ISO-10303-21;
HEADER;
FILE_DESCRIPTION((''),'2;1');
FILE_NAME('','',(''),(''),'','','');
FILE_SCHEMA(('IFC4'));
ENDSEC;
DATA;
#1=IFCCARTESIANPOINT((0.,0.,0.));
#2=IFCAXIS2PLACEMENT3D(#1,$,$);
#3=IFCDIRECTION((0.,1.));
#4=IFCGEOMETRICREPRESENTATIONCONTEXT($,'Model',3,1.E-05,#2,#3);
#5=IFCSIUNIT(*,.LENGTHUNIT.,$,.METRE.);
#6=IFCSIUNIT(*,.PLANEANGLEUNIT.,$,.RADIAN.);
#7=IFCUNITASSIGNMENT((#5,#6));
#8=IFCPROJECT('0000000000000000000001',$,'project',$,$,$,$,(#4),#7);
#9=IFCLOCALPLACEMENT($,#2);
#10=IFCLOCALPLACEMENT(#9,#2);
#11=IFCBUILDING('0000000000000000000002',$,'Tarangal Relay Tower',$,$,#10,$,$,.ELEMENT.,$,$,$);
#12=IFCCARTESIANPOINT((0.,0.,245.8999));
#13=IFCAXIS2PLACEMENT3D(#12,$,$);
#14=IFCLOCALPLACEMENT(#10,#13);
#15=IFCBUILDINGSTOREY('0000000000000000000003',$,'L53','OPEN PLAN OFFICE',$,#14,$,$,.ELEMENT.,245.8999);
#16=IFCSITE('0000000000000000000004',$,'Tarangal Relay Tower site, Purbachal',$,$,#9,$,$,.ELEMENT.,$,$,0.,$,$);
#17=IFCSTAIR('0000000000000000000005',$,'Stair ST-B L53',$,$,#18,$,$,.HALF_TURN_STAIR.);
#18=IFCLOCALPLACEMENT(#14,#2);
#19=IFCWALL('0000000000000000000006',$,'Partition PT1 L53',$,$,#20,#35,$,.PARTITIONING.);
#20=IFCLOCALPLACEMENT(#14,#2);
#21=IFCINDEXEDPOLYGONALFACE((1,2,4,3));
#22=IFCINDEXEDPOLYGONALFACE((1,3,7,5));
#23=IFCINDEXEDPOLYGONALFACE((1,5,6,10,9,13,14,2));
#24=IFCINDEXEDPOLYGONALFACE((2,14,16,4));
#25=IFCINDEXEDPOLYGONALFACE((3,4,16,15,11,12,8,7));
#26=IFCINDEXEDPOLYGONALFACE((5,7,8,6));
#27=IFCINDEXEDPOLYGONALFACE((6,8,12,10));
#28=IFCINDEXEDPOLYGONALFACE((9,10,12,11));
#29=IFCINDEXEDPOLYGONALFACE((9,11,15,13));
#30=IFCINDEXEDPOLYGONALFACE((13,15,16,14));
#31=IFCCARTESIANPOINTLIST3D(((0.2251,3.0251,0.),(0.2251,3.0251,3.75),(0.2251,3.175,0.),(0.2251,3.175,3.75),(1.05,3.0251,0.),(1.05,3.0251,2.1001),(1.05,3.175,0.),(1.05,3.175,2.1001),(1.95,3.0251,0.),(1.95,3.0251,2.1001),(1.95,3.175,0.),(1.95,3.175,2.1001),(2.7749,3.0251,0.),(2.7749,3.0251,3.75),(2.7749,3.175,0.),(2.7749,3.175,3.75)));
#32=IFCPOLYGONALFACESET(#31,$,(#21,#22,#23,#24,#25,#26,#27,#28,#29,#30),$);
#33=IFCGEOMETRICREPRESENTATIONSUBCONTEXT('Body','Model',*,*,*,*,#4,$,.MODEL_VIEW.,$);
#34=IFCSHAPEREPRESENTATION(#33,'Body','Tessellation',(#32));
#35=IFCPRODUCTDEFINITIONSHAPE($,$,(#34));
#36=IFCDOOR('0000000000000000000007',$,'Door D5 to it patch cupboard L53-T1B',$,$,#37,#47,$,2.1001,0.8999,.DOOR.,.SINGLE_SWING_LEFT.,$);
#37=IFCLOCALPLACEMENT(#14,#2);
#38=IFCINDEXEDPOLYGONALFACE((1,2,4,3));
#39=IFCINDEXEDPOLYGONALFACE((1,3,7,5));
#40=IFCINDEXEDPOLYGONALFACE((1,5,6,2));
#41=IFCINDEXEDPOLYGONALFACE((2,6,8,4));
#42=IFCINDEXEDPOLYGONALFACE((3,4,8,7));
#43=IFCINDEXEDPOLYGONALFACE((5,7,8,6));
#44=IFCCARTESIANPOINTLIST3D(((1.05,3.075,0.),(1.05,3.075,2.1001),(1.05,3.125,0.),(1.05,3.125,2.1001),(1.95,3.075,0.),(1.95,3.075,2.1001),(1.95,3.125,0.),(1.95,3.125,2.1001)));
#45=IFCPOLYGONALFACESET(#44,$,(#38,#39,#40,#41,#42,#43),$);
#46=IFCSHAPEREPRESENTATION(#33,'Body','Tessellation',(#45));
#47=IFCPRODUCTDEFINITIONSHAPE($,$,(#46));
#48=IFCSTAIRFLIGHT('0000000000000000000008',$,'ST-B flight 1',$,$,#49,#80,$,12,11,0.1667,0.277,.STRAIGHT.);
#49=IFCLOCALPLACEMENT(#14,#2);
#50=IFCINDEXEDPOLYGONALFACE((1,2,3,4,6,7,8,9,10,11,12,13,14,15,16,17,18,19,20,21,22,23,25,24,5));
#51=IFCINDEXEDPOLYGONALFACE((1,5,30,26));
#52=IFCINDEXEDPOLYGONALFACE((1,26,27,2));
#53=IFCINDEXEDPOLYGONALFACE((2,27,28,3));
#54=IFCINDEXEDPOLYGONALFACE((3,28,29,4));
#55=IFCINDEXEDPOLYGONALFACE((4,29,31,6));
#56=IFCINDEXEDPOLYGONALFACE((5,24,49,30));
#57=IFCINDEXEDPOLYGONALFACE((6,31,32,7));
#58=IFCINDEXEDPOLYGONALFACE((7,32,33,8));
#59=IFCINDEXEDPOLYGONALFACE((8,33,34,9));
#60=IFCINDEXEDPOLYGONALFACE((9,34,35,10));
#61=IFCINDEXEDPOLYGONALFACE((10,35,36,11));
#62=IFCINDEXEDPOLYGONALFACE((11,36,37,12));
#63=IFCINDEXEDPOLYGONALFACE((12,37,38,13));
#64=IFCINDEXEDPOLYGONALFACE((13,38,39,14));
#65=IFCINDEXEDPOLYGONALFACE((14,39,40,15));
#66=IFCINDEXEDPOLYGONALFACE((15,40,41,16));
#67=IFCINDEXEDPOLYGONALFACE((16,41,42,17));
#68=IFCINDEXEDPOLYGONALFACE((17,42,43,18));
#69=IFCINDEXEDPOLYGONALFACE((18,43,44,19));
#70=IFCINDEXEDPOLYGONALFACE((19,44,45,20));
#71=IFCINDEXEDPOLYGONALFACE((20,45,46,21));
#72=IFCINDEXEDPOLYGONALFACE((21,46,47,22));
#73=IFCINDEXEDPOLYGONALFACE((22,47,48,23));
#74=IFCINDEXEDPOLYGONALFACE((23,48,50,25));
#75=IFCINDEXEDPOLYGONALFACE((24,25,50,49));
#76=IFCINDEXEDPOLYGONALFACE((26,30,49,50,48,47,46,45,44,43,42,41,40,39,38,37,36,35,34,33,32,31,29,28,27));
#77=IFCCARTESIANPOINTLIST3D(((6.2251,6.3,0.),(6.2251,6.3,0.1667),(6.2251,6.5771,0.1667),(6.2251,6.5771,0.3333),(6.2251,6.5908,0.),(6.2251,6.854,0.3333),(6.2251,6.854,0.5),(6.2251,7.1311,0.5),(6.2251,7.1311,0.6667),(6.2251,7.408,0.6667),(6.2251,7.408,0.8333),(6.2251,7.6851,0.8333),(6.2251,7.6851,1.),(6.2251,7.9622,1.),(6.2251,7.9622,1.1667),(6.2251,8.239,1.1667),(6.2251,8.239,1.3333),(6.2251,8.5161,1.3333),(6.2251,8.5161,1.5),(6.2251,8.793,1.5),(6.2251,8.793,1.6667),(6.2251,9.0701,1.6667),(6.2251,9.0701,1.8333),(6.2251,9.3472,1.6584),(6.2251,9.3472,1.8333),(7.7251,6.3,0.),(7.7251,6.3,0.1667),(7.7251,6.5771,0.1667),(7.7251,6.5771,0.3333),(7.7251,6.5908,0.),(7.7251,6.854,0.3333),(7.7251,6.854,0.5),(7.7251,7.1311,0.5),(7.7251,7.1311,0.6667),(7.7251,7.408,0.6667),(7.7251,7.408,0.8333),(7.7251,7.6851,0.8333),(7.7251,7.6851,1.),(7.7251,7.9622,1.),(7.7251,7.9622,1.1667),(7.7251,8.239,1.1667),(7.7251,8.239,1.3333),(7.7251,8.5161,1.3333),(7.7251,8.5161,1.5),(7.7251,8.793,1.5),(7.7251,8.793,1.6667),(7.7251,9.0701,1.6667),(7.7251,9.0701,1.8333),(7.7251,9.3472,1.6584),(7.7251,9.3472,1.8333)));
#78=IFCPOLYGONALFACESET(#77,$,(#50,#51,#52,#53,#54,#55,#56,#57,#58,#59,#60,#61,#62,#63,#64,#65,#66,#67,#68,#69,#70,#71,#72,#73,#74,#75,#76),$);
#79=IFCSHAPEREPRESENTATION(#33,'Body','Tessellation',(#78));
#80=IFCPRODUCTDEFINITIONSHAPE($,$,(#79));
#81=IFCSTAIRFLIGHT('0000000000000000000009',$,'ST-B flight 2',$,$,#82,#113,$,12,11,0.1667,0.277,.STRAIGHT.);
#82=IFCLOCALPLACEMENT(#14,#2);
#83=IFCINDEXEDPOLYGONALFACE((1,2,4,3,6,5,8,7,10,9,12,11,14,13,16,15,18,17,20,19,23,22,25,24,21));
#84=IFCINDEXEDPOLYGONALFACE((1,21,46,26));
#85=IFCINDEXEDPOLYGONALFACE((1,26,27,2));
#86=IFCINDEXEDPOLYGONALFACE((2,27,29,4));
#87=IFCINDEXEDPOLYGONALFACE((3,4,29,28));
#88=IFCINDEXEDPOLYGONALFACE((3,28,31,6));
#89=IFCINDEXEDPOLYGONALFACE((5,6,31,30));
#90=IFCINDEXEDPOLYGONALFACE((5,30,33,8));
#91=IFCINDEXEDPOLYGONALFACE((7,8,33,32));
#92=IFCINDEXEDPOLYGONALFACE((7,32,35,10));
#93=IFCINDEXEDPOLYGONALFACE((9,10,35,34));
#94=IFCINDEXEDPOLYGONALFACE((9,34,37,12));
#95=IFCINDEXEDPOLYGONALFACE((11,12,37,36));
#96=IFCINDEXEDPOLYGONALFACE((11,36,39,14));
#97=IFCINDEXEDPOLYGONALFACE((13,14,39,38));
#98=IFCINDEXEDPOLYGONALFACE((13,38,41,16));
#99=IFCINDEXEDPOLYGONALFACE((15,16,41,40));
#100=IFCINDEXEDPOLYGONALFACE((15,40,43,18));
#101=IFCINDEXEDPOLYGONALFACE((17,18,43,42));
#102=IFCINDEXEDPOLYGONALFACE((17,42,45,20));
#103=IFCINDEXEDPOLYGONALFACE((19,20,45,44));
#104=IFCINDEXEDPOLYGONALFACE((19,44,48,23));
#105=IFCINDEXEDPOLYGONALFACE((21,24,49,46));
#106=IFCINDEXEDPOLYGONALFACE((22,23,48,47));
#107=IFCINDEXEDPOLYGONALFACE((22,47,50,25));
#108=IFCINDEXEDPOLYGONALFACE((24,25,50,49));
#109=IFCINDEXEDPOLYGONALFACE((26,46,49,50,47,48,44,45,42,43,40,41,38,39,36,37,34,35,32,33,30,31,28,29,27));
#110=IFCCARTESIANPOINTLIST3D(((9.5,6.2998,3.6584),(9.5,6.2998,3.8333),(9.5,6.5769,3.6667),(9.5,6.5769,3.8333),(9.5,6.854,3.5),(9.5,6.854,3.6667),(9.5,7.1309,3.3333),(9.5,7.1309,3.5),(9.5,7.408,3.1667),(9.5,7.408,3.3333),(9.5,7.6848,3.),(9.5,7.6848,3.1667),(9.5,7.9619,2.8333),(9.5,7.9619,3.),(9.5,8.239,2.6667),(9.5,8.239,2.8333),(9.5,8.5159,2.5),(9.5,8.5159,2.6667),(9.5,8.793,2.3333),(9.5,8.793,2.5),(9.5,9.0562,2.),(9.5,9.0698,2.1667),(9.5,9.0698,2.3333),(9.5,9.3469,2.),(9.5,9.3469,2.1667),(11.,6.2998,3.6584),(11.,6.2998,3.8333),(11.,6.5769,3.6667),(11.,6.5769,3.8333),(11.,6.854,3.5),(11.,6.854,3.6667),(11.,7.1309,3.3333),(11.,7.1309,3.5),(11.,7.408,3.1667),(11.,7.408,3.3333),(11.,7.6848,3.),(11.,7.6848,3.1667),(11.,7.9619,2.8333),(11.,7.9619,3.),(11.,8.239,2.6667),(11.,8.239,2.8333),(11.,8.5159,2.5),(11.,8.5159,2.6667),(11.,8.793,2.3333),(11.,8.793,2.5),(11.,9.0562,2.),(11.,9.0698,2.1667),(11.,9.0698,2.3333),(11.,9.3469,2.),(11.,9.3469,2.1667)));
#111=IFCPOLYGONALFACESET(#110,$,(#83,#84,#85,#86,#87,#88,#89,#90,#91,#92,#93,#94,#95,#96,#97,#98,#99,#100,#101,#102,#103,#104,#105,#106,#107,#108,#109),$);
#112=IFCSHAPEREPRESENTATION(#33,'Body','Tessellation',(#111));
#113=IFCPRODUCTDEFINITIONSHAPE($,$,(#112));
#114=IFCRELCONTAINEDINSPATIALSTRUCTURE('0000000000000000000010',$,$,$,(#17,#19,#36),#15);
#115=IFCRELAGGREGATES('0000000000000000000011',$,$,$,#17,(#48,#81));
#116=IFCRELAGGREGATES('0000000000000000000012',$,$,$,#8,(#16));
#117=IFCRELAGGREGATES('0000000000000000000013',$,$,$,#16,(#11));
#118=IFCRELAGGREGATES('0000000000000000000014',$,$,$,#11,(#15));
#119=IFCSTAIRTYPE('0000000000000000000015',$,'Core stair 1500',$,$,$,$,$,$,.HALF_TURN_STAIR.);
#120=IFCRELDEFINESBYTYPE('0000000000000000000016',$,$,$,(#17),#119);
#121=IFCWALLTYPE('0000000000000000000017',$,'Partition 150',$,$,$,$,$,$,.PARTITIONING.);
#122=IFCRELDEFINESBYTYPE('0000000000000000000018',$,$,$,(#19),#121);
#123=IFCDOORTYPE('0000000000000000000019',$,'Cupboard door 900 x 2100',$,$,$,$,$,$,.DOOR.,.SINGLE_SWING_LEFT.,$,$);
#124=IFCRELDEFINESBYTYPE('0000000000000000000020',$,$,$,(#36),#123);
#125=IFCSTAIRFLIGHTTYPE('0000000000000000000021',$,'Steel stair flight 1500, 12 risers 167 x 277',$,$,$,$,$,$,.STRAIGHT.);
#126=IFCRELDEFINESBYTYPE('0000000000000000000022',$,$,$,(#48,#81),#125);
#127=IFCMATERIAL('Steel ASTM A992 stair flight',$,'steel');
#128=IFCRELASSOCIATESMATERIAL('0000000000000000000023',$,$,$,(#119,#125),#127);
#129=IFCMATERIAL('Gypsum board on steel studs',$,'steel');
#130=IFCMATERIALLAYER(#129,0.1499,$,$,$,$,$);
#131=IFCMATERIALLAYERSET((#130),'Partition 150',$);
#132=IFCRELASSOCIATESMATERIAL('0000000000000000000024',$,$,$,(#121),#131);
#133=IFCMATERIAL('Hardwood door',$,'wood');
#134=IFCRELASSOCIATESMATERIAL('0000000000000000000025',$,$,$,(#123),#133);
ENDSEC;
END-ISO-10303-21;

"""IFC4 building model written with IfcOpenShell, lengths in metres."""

from ifc_helpers import new_model, si_unit, direction, frame, frame_2d, origin, place, context, subcontext, project, spatial, polyline, rectangle, outline, extrude, material, layer, layer_set, type_object, element, fill, aggregate, save


model = new_model("IFC4")

# Units and contexts
model_context = context("Model", 3, precision=1e-05, world=origin(), true_north=direction((0.0, 1.0)))
body_context = subcontext(model_context, "Body", "Model", "MODEL_VIEW")
ifc_project = project(units=[si_unit("LENGTHUNIT", "METRE"), si_unit("PLANEANGLEUNIT", "RADIAN")], contexts=[model_context])

# Site, building, storey
site_placement = place(None, origin())
site = spatial("IfcSite", under=ifc_project, at=site_placement, Name="Tarangal Relay Tower site, Purbachal", CompositionType="ELEMENT", RefElevation=0.0)
building_placement = place(site_placement, origin())
building = spatial("IfcBuilding", under=site, at=building_placement, Name="Tarangal Relay Tower", CompositionType="ELEMENT")
storey_placement = place(building_placement, frame((0.0, 0.0, 245.8999)))
storey = spatial("IfcBuildingStorey", under=building, at=storey_placement, Name="L53", Description="OPEN PLAN OFFICE", CompositionType="ELEMENT", Elevation=245.8999)

# Stair
ifc_material_1 = material(Name="Steel ASTM A992 stair flight", Category="steel")
stair_type = type_object("IfcStairType", Name="Core stair 1500", PredefinedType="HALF_TURN_STAIR", material=ifc_material_1)
stair_1_placement = place(storey_placement, origin())
stair_1 = element("IfcStair", 1, at=stair_1_placement, inside=storey, type_object=stair_type, Name="Stair ST-B L53", PredefinedType="HALF_TURN_STAIR")

# Wall, opening, door
ifc_material_2 = material(Name="Gypsum board on steel studs", Category="steel")
ifc_layer_1 = layer(ifc_material_2, 0.1499)
ifc_layer_set_1 = layer_set([ifc_layer_1], Name="Partition 150")
wall_type_1 = type_object("IfcWallType", Name="Partition 150", PredefinedType="PARTITIONING", material=ifc_layer_set_1)
wall_1_placement = place(storey_placement, frame((0.2251, 3.1001, 0.0), z_axis=(0.0, 0.0, 1.0), x_axis=(1.0, 0.0, 0.0)))
wall_1 = element("IfcWall", 2, at=wall_1_placement, inside=storey, type_object=wall_type_1, Name="Partition PT1 L53", PredefinedType="PARTITIONING", context=body_context, shape_type="SweptSolid", body=[
    extrude(rectangle(XDim=2.5498, YDim=0.1499, at=frame_2d((1.2749, 0.0))), origin(), (0.0, 0.0, 1.0), 3.75),
])
opening_1_placement = place(wall_1_placement, frame((0.825, 0.0, 0.0)))
opening_1 = element("IfcOpeningElement", 3, at=opening_1_placement, cuts=wall_1, PredefinedType="OPENING", context=body_context, shape_type="SweptSolid", body=[
    extrude(rectangle(XDim=0.8999, YDim=2.1001, at=frame_2d((0.45, 1.05))), frame((0.0, 0.085, 0.0), z_axis=(0.0, -1.0, 0.0), x_axis=(1.0, 0.0, 0.0)), (0.0, 0.0, 1.0), 0.1699),
])
ifc_material_3 = material(Name="Hardwood door", Category="wood")
door_type_1 = type_object("IfcDoorType", Name="Cupboard door 900 x 2100", OperationType="SINGLE_SWING_LEFT", PredefinedType="DOOR", material=ifc_material_3)
door_1_placement = place(opening_1_placement, origin())
door_1 = element("IfcDoor", 4, at=door_1_placement, inside=storey, type_object=door_type_1, Name="Door D5 to it patch cupboard L53-T1B", OperationType="SINGLE_SWING_LEFT", OverallHeight=2.1001, OverallWidth=0.8999, PredefinedType="DOOR", context=body_context, shape_type="SweptSolid", body=[
    extrude(rectangle(XDim=0.8999, YDim=2.1001, at=frame_2d((0.45, 1.05))), frame((0.0, 0.0249, 0.0), z_axis=(0.0, -1.0, 0.0), x_axis=(1.0, 0.0, 0.0)), (0.0, 0.0, 1.0), 0.05),
])
fill(opening_1, door_1)

# Stair flights
stair_flight_type = type_object("IfcStairFlightType", Name="Steel stair flight 1500, 12 risers 167 x 277", PredefinedType="STRAIGHT", material=ifc_material_1)
stair_flight_1_placement = place(storey_placement, frame((6.9751, 6.3, 0.0), z_axis=(0.0, 0.0, 1.0), x_axis=(0.0, 1.0, 0.0)))
stair_flight_1 = element("IfcStairFlight", 5, at=stair_flight_1_placement, type_object=stair_flight_type, Name="ST-B flight 1", NumberOfRisers=12, NumberOfTreads=11, PredefinedType="STRAIGHT", RiserHeight=0.1667, TreadLength=0.277, context=body_context, shape_type="SweptSolid", body=[
    extrude(outline(polyline([(0.0, 0.0), (0.0, 0.1667), (0.2771, 0.1667), (0.2771, 0.3333), (0.554, 0.3333), (0.554, 0.5), (0.8311, 0.5), (0.8311, 0.6667), (1.1079, 0.6667), (1.1079, 0.8333), (1.385, 0.8333), (1.385, 1.0), (1.6621, 1.0), (1.6621, 1.1667), (1.939, 1.1667), (1.939, 1.3333), (2.2161, 1.3333), (2.2161, 1.5), (2.4929, 1.5), (2.4929, 1.6667), (2.77, 1.6667), (2.77, 1.8333), (3.0471, 1.8333), (3.0471, 2.0), (3.0471, 1.6584), (0.2908, 0.0), (0.0, 0.0)])), frame((0.0, 0.75, 0.0), z_axis=(0.0, -1.0, 0.0), x_axis=(1.0, 0.0, 0.0)), (0.0, 0.0, 1.0), 1.5),
])
stair_flight_2_placement = place(storey_placement, frame((10.25, 9.3469, 2.0), z_axis=(0.0, 0.0, 1.0), x_axis=(0.0, -1.0, 0.0)))
stair_flight_2 = element("IfcStairFlight", 6, at=stair_flight_2_placement, type_object=stair_flight_type, Name="ST-B flight 2", NumberOfRisers=12, NumberOfTreads=11, PredefinedType="STRAIGHT", RiserHeight=0.1667, TreadLength=0.277, context=body_context, shape_type="SweptSolid", body=[
    extrude(outline(polyline([(0.0, 0.0), (0.0, 0.1667), (0.2771, 0.1667), (0.2771, 0.3333), (0.554, 0.3333), (0.554, 0.5), (0.8311, 0.5), (0.8311, 0.6667), (1.1079, 0.6667), (1.1079, 0.8333), (1.385, 0.8333), (1.385, 1.0), (1.6621, 1.0), (1.6621, 1.1667), (1.939, 1.1667), (1.939, 1.3333), (2.2161, 1.3333), (2.2161, 1.5), (2.4929, 1.5), (2.4929, 1.6667), (2.77, 1.6667), (2.77, 1.8333), (3.0471, 1.8333), (3.0471, 2.0), (3.0471, 1.6584), (0.2908, 0.0), (0.0, 0.0)])), frame((0.0, 0.75, 0.0), z_axis=(0.0, -1.0, 0.0), x_axis=(1.0, 0.0, 0.0)), (0.0, 0.0, 1.0), 1.5),
])
aggregate(stair_1, [stair_flight_1, stair_flight_2])

save(model, "model.ifc")
